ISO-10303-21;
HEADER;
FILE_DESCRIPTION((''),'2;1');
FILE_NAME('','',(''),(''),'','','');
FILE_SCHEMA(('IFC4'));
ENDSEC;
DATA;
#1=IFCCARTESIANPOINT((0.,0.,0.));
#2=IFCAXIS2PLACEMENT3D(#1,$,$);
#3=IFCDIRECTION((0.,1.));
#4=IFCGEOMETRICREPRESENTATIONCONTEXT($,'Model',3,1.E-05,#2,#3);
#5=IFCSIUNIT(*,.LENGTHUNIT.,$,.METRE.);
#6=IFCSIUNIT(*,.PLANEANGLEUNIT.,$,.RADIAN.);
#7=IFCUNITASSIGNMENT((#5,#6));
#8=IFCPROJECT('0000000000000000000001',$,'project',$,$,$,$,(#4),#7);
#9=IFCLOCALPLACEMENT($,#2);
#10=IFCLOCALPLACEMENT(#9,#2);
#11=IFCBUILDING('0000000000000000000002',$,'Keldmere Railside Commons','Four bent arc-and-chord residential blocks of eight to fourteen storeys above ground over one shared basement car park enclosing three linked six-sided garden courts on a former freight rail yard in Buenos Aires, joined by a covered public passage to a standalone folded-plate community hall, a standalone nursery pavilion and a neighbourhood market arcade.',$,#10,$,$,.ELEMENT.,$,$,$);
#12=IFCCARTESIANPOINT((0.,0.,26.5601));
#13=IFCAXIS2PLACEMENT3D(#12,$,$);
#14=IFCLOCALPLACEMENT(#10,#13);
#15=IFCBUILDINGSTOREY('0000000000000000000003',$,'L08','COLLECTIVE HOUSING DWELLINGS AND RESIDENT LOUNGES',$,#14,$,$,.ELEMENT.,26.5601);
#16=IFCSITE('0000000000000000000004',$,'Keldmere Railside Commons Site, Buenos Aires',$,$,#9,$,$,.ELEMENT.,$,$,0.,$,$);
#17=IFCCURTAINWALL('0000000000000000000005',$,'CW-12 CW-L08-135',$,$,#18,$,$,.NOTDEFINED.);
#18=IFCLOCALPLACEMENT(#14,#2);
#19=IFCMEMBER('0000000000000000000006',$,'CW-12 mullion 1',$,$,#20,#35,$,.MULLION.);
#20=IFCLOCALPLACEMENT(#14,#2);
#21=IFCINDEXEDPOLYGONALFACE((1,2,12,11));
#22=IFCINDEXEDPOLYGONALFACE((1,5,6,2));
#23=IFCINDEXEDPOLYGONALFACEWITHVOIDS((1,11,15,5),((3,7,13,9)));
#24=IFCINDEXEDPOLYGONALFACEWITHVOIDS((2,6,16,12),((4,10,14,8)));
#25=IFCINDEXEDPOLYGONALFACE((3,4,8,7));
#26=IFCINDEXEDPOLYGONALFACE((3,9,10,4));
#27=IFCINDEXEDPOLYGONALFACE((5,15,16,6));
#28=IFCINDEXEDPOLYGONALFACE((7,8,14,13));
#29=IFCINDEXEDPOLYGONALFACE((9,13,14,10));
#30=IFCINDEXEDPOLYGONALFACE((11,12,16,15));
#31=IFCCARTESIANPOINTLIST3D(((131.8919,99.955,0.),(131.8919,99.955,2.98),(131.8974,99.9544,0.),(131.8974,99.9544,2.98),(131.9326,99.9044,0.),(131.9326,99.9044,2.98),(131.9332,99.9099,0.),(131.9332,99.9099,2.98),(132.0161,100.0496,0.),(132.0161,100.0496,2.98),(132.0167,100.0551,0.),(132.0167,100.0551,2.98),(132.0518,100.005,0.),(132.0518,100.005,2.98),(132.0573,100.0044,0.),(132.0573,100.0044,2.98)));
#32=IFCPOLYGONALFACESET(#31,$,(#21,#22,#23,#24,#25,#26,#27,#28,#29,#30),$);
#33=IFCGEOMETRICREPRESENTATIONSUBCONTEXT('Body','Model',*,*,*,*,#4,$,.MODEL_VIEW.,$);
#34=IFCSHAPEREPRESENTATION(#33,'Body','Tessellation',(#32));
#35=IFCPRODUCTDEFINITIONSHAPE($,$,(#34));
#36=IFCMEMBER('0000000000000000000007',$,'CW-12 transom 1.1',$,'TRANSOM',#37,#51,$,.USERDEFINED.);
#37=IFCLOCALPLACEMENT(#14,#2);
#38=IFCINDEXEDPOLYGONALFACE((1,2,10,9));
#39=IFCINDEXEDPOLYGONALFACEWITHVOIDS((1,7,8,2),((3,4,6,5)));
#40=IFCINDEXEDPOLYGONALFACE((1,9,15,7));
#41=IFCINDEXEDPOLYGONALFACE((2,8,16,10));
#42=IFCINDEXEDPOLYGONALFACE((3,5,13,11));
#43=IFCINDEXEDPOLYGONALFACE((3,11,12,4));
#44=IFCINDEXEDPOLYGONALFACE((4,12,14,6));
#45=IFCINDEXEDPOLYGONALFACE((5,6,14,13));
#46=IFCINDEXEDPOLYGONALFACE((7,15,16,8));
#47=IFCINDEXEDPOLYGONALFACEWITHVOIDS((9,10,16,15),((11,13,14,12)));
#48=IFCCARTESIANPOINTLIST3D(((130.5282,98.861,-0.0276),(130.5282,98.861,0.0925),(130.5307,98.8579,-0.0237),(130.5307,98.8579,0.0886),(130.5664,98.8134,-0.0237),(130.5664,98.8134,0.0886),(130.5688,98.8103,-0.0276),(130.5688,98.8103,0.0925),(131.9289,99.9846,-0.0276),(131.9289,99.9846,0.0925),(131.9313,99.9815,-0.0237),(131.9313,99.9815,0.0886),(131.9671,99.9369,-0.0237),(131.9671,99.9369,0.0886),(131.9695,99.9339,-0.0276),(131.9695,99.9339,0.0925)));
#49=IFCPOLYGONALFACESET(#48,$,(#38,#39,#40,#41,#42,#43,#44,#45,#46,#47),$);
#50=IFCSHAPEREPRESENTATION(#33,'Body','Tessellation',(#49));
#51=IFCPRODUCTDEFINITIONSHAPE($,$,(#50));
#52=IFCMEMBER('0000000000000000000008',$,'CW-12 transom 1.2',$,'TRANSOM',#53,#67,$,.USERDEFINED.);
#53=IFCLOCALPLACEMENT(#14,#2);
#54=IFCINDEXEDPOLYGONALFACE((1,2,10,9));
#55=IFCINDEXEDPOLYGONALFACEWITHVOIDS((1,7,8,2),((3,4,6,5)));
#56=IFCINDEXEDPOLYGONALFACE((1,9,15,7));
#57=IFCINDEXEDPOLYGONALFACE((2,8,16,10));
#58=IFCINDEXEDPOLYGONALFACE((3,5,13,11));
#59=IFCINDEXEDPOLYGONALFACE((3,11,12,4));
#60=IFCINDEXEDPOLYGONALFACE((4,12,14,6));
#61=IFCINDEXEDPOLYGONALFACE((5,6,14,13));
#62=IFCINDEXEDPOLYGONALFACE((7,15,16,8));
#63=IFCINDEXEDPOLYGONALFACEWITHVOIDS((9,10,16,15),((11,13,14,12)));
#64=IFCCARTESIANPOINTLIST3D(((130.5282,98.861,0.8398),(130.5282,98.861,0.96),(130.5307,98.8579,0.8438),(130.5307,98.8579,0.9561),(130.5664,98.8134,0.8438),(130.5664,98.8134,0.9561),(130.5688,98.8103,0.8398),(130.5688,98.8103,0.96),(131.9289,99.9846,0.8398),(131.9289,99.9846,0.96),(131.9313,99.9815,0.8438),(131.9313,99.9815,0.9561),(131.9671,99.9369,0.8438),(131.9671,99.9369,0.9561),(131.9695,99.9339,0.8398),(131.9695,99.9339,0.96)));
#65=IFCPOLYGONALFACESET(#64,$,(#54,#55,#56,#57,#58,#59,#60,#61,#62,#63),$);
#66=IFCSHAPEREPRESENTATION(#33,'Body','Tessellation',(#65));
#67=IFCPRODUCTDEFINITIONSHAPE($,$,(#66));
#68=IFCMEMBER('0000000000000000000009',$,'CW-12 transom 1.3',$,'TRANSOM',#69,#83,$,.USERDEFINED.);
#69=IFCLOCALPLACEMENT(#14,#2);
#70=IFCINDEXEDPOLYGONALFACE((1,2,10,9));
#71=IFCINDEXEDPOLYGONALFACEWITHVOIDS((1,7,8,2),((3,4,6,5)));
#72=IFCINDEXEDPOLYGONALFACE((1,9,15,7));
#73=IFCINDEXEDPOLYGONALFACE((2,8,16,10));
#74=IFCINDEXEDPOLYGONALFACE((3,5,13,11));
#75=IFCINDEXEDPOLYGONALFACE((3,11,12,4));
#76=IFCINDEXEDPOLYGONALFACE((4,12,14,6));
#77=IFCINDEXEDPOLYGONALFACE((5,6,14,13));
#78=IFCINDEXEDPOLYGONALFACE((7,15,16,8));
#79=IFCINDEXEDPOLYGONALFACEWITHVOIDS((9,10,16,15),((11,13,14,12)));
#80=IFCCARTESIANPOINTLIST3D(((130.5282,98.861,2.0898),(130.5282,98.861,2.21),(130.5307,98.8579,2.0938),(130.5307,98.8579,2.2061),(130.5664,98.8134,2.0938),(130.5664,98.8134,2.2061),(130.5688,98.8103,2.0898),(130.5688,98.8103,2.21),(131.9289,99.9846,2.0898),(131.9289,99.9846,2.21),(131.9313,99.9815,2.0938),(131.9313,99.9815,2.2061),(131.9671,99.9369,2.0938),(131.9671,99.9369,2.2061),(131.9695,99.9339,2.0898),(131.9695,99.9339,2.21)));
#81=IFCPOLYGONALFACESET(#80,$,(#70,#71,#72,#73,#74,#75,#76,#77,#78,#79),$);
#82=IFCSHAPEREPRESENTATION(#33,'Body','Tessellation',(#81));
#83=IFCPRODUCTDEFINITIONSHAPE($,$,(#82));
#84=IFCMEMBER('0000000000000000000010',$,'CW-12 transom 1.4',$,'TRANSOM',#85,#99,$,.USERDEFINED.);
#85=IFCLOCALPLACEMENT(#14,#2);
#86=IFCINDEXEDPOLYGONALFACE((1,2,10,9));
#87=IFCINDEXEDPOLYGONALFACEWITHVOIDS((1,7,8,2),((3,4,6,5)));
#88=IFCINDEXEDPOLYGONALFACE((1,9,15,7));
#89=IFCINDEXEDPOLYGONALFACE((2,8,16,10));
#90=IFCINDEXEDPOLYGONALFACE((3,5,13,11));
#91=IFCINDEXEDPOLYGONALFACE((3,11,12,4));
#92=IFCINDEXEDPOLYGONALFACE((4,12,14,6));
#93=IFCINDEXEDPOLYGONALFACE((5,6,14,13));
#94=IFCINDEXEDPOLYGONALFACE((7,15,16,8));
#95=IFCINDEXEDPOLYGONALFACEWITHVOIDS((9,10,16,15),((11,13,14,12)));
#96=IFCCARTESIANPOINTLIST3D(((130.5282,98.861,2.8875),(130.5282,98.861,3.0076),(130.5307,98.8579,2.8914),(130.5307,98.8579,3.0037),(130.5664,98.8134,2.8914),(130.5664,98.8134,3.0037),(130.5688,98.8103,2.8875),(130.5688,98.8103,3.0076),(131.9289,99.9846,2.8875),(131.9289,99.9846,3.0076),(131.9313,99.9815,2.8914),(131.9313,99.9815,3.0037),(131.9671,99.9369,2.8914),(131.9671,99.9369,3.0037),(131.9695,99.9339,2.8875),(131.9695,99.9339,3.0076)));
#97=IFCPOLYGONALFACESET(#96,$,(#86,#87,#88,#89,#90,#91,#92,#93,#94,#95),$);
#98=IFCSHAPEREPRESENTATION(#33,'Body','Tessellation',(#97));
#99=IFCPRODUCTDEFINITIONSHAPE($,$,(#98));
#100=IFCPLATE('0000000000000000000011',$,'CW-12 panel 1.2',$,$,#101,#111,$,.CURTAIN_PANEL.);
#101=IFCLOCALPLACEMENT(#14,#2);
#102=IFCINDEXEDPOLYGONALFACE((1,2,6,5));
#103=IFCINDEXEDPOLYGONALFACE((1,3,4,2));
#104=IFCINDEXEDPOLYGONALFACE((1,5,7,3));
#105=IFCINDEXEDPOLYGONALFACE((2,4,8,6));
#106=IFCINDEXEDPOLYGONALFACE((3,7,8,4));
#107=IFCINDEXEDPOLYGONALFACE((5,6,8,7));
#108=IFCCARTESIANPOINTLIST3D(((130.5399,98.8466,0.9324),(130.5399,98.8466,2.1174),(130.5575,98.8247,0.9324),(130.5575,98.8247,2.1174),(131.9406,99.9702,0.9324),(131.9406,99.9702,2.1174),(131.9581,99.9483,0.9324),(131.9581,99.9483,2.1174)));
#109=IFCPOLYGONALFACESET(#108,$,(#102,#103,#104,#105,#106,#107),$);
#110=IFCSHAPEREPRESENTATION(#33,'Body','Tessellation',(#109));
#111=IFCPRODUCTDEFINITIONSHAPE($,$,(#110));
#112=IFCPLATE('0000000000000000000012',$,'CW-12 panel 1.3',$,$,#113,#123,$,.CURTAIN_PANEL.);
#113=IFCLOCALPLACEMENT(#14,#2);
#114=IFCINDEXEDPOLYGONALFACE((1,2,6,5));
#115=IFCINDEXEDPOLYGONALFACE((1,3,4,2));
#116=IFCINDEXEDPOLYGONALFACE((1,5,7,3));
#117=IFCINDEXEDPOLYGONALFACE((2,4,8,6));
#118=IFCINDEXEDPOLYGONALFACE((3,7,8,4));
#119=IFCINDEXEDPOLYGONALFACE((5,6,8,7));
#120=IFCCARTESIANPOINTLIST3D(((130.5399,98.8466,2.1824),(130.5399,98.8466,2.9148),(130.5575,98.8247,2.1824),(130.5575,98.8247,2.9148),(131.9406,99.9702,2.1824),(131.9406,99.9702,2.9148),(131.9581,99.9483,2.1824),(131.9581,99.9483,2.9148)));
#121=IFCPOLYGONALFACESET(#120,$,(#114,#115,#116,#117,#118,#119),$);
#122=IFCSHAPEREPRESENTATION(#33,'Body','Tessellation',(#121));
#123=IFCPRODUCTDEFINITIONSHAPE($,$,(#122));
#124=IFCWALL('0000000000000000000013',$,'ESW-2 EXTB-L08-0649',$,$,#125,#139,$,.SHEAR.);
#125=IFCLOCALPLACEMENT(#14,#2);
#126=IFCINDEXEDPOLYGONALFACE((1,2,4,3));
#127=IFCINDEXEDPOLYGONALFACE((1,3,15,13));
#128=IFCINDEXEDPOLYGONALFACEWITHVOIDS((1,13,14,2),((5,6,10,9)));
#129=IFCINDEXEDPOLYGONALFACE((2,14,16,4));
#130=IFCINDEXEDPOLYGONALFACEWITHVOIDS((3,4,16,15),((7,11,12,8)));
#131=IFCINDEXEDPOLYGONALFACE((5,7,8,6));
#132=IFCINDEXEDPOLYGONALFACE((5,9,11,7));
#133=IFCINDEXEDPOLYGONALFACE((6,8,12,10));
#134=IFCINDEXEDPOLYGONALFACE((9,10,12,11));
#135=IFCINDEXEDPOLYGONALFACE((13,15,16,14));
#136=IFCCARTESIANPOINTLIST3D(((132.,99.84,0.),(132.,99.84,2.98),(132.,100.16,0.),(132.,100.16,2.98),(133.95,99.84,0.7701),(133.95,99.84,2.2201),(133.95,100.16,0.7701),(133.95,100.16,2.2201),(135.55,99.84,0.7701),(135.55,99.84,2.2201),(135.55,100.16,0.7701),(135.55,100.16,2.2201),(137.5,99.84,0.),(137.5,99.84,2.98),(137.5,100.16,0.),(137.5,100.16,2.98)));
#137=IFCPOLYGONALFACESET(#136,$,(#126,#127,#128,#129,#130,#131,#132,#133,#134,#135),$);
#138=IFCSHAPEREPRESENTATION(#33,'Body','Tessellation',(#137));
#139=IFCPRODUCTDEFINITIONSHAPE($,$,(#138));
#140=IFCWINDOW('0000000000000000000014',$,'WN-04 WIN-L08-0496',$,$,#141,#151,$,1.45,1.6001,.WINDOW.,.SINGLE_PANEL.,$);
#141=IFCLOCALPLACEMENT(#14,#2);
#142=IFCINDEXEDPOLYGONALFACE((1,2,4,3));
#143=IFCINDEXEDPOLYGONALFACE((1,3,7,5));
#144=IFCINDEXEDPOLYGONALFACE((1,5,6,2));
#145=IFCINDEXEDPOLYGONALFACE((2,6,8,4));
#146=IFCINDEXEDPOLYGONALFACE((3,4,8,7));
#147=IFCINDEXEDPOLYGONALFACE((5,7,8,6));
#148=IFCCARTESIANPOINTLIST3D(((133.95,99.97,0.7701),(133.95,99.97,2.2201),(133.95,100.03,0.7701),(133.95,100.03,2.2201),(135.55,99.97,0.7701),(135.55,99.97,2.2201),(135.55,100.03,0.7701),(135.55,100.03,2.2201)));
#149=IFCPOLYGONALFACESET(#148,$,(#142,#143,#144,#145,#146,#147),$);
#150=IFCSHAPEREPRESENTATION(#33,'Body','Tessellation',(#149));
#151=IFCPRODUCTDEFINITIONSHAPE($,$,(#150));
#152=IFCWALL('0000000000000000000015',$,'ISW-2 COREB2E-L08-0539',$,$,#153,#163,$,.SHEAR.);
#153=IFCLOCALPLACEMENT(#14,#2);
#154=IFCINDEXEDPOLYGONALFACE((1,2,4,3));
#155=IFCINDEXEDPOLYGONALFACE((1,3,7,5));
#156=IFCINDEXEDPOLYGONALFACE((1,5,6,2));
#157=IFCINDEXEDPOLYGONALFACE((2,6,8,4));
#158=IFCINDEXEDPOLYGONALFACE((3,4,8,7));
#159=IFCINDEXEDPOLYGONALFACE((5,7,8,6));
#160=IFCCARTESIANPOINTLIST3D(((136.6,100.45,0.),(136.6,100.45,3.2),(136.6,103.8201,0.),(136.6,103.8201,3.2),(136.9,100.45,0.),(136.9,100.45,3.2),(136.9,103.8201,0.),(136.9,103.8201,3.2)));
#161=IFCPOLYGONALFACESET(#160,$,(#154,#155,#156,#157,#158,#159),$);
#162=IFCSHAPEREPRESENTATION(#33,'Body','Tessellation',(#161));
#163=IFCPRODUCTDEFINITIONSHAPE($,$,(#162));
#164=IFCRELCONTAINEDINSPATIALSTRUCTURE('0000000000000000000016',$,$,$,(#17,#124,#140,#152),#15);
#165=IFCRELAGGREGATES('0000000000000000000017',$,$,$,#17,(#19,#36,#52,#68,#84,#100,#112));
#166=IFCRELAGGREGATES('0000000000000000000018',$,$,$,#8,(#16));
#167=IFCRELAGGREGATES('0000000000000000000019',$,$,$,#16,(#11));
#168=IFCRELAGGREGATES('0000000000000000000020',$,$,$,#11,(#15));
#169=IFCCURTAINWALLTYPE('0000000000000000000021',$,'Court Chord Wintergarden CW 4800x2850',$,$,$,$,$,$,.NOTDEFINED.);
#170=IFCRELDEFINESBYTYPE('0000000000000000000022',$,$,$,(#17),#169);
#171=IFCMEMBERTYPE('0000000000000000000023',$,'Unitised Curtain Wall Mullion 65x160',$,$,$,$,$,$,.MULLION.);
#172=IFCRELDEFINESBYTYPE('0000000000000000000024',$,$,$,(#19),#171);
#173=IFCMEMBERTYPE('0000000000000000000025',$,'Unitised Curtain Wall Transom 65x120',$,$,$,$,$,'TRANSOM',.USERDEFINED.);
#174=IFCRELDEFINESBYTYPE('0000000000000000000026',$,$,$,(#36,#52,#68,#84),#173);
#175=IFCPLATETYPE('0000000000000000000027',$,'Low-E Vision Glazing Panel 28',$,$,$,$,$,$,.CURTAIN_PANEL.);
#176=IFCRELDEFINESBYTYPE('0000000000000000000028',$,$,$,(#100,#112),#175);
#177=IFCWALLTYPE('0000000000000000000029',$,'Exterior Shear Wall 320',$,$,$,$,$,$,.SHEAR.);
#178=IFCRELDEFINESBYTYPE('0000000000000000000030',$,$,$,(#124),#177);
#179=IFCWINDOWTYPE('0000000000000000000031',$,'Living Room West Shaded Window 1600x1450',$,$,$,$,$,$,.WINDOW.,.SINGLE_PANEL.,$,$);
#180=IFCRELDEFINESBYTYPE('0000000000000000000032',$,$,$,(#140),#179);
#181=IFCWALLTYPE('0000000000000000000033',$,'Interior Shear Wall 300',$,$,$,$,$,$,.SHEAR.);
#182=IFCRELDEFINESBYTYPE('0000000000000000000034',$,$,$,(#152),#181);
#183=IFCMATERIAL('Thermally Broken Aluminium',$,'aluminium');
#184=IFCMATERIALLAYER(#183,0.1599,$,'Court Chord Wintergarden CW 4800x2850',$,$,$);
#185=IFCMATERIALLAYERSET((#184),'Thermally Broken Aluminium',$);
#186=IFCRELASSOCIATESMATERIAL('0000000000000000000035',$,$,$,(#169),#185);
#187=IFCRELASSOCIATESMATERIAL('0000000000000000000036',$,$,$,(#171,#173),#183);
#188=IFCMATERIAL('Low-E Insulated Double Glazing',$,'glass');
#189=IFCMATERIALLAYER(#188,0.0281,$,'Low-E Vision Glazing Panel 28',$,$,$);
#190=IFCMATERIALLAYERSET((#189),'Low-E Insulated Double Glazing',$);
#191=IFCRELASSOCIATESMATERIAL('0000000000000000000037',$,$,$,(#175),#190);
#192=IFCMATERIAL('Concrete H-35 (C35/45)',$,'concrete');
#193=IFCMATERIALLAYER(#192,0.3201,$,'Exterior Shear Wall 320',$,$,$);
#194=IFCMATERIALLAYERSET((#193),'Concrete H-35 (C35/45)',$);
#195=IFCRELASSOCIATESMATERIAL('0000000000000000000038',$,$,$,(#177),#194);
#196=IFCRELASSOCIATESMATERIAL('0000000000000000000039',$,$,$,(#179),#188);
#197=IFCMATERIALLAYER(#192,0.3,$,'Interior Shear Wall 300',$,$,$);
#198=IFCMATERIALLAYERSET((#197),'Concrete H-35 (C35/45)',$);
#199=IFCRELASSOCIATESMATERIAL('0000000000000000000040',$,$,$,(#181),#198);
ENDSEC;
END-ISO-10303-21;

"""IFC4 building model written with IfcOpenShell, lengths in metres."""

from ifc_helpers import new_model, si_unit, direction, frame, frame_2d, origin, origin_2d, place, context, subcontext, project, spatial, rectangle, hollow_rectangle, extrude, material, layer, layer_set, material_profile, profile_set, type_object, element, fill, aggregate, save


model = new_model("IFC4")

# Units and contexts
model_context = context("Model", 3, precision=1e-05, world=origin(), true_north=direction((0.0, 1.0)))
body_context = subcontext(model_context, "Body", "Model", "MODEL_VIEW")
ifc_project = project(units=[si_unit("LENGTHUNIT", "METRE"), si_unit("PLANEANGLEUNIT", "RADIAN")], contexts=[model_context])

# Site, building, storey
site_placement = place(None, origin())
site = spatial("IfcSite", under=ifc_project, at=site_placement, Name="Keldmere Railside Commons Site, Buenos Aires", CompositionType="ELEMENT", RefElevation=0.0)
building_placement = place(site_placement, origin())
building = spatial("IfcBuilding", under=site, at=building_placement, Name="Keldmere Railside Commons", Description="Four bent arc-and-chord residential blocks of eight to fourteen storeys above ground over one shared basement car park enclosing three linked six-sided garden courts on a former freight rail yard in Buenos Aires, joined by a covered public passage to a standalone folded-plate community hall, a standalone nursery pavilion and a neighbourhood market arcade.", CompositionType="ELEMENT")
storey_placement = place(building_placement, frame((0.0, 0.0, 26.5601)))
storey = spatial("IfcBuildingStorey", under=building, at=storey_placement, Name="L08", Description="COLLECTIVE HOUSING DWELLINGS AND RESIDENT LOUNGES", CompositionType="ELEMENT", Elevation=26.5601)

# Curtain wall, members, plates
ifc_material_1 = material(Name="Thermally Broken Aluminium", Category="aluminium")
ifc_layer_1 = layer(ifc_material_1, 0.1599, Name="Court Chord Wintergarden CW 4800x2850")
ifc_layer_set_1 = layer_set([ifc_layer_1], Name="Thermally Broken Aluminium")
curtain_wall_type = type_object("IfcCurtainWallType", Name="Court Chord Wintergarden CW 4800x2850", PredefinedType="NOTDEFINED", material=ifc_layer_set_1)
curtain_wall_placement = place(storey_placement, origin())
curtain_wall = element("IfcCurtainWall", 1, at=curtain_wall_placement, inside=storey, type_object=curtain_wall_type, Name="CW-12 CW-L08-135", PredefinedType="NOTDEFINED")
ifc_material_profile_1 = material_profile(ifc_material_1, hollow_rectangle(XDim=0.0649, YDim=0.1599, WallThickness=0.0039, at=origin_2d()), Name="ALU-MULL-65x160")
ifc_profile_set_1 = profile_set([ifc_material_profile_1], Name="Thermally Broken Aluminium")
member_type_1 = type_object("IfcMemberType", Name="Unitised Curtain Wall Mullion 65x160", PredefinedType="MULLION", material=ifc_profile_set_1)
member_1_placement = place(storey_placement, frame((131.9746, 99.9797, 0.0), z_axis=(0.0, 0.0, 1.0), x_axis=(0.625768, -0.780009, 0.0)))
member_1 = element("IfcMember", 2, at=member_1_placement, type_object=member_type_1, Name="CW-12 mullion 1", PredefinedType="MULLION", context=body_context, shape_type="SweptSolid", body=[
    extrude(hollow_rectangle(XDim=0.0649, YDim=0.1599, WallThickness=0.0039, at=origin_2d()), origin(), (0.0, 0.0, 1.0), 2.98),
])
ifc_material_profile_2 = material_profile(ifc_material_1, hollow_rectangle(XDim=0.0649, YDim=0.1201, WallThickness=0.0039, at=origin_2d()), Name="ALU-TRAN-65x120")
ifc_profile_set_2 = profile_set([ifc_material_profile_2], Name="Thermally Broken Aluminium")
member_type_2 = type_object("IfcMemberType", Name="Unitised Curtain Wall Transom 65x120", ElementType="TRANSOM", PredefinedType="USERDEFINED", material=ifc_profile_set_2)
member_2_placement = place(storey_placement, frame((131.9492, 99.9592, 0.0325), z_axis=(-0.780046, -0.625723, 0.0), x_axis=(0.625723, -0.780046, 0.0)))
member_2 = element("IfcMember", 3, at=member_2_placement, type_object=member_type_2, Name="CW-12 transom 1.1", ObjectType="TRANSOM", PredefinedType="USERDEFINED", context=body_context, shape_type="SweptSolid", body=[
    extrude(hollow_rectangle(XDim=0.0649, YDim=0.1201, WallThickness=0.0039, at=origin_2d()), origin(), (0.0, 0.0, 1.0), 1.7957),
])
member_3_placement = place(storey_placement, frame((131.9492, 99.9592, 0.8999), z_axis=(-0.780046, -0.625723, 0.0), x_axis=(0.625723, -0.780046, 0.0)))
member_3 = element("IfcMember", 4, at=member_3_placement, type_object=member_type_2, Name="CW-12 transom 1.2", ObjectType="TRANSOM", PredefinedType="USERDEFINED", context=body_context, shape_type="SweptSolid", body=[
    extrude(hollow_rectangle(XDim=0.0649, YDim=0.1201, WallThickness=0.0039, at=origin_2d()), origin(), (0.0, 0.0, 1.0), 1.7957),
])
member_4_placement = place(storey_placement, frame((131.9492, 99.9592, 2.1499), z_axis=(-0.780046, -0.625723, 0.0), x_axis=(0.625723, -0.780046, 0.0)))
member_4 = element("IfcMember", 5, at=member_4_placement, type_object=member_type_2, Name="CW-12 transom 1.3", ObjectType="TRANSOM", PredefinedType="USERDEFINED", context=body_context, shape_type="SweptSolid", body=[
    extrude(hollow_rectangle(XDim=0.0649, YDim=0.1201, WallThickness=0.0039, at=origin_2d()), origin(), (0.0, 0.0, 1.0), 1.7957),
])
member_5_placement = place(storey_placement, frame((131.9492, 99.9592, 2.9475), z_axis=(-0.780046, -0.625723, 0.0), x_axis=(0.625723, -0.780046, 0.0)))
member_5 = element("IfcMember", 6, at=member_5_placement, type_object=member_type_2, Name="CW-12 transom 1.4", ObjectType="TRANSOM", PredefinedType="USERDEFINED", context=body_context, shape_type="SweptSolid", body=[
    extrude(hollow_rectangle(XDim=0.0649, YDim=0.1201, WallThickness=0.0039, at=origin_2d()), origin(), (0.0, 0.0, 1.0), 1.7957),
])
ifc_material_2 = material(Name="Low-E Insulated Double Glazing", Category="glass")
ifc_layer_2 = layer(ifc_material_2, 0.0281, Name="Low-E Vision Glazing Panel 28")
ifc_layer_set_2 = layer_set([ifc_layer_2], Name="Low-E Insulated Double Glazing")
plate_type = type_object("IfcPlateType", Name="Low-E Vision Glazing Panel 28", PredefinedType="CURTAIN_PANEL", material=ifc_layer_set_2)
plate_1_placement = place(storey_placement, frame((131.249, 99.3975, 0.9324), z_axis=(0.0, 0.0, 1.0), x_axis=(-0.780009, -0.625768, 0.0)))
plate_1 = element("IfcPlate", 7, at=plate_1_placement, type_object=plate_type, Name="CW-12 panel 1.2", PredefinedType="CURTAIN_PANEL", context=body_context, shape_type="SweptSolid", body=[
    extrude(rectangle(XDim=1.7957, YDim=0.0281, at=origin_2d()), origin(), (0.0, 0.0, 1.0), 1.1851),
])
plate_2_placement = place(storey_placement, frame((131.249, 99.3975, 2.1824), z_axis=(0.0, 0.0, 1.0), x_axis=(-0.780009, -0.625768, 0.0)))
plate_2 = element("IfcPlate", 8, at=plate_2_placement, type_object=plate_type, Name="CW-12 panel 1.3", PredefinedType="CURTAIN_PANEL", context=body_context, shape_type="SweptSolid", body=[
    extrude(rectangle(XDim=1.7957, YDim=0.0281, at=origin_2d()), origin(), (0.0, 0.0, 1.0), 0.7324),
])
aggregate(curtain_wall, [member_1, member_2, member_3, member_4, member_5, plate_1, plate_2])

# Wall, opening, window
ifc_material_3 = material(Name="Concrete H-35 (C35/45)", Category="concrete")
ifc_layer_3 = layer(ifc_material_3, 0.3201, Name="Exterior Shear Wall 320")
ifc_layer_set_3 = layer_set([ifc_layer_3], Name="Concrete H-35 (C35/45)")
wall_type_1 = type_object("IfcWallType", Name="Exterior Shear Wall 320", PredefinedType="SHEAR", material=ifc_layer_set_3)
wall_1_placement = place(storey_placement, frame((137.5, 100.0, 0.0), z_axis=(0.0, 0.0, 1.0), x_axis=(-1.0, 0.0, 0.0)))
wall_1 = element("IfcWall", 9, at=wall_1_placement, inside=storey, type_object=wall_type_1, Name="ESW-2 EXTB-L08-0649", PredefinedType="SHEAR", context=body_context, shape_type="SweptSolid", body=[
    extrude(rectangle(XDim=5.5, YDim=0.3201, at=frame_2d((2.75, 0.0))), origin(), (0.0, 0.0, 1.0), 2.98),
])
opening_placement = place(wall_1_placement, frame((1.95, 0.0, 0.77)))
opening = element("IfcOpeningElement", 10, at=opening_placement, cuts=wall_1, PredefinedType="OPENING", context=body_context, shape_type="SweptSolid", body=[
    extrude(rectangle(XDim=1.6001, YDim=1.45, at=frame_2d((0.8, 0.7251))), frame((0.0, 0.1699, 0.0), z_axis=(0.0, -1.0, 0.0), x_axis=(1.0, 0.0, 0.0)), (0.0, 0.0, 1.0), 0.3401),
])
window_type = type_object("IfcWindowType", Name="Living Room West Shaded Window 1600x1450", PartitioningType="SINGLE_PANEL", PredefinedType="WINDOW", material=ifc_material_2)
window_placement = place(opening_placement, origin())
window = element("IfcWindow", 11, at=window_placement, inside=storey, type_object=window_type, Name="WN-04 WIN-L08-0496", OverallHeight=1.45, OverallWidth=1.6001, PartitioningType="SINGLE_PANEL", PredefinedType="WINDOW", context=body_context, shape_type="SweptSolid", body=[
    extrude(rectangle(XDim=1.6001, YDim=1.45, at=frame_2d((0.8, 0.7251))), frame((0.0, 0.03, 0.0), z_axis=(0.0, -1.0, 0.0), x_axis=(1.0, 0.0, 0.0)), (0.0, 0.0, 1.0), 0.0601),
])
fill(opening, window)

# Wall
ifc_layer_4 = layer(ifc_material_3, 0.3, Name="Interior Shear Wall 300")
ifc_layer_set_4 = layer_set([ifc_layer_4], Name="Concrete H-35 (C35/45)")
wall_type_2 = type_object("IfcWallType", Name="Interior Shear Wall 300", PredefinedType="SHEAR", material=ifc_layer_set_4)
wall_2_placement = place(storey_placement, frame((136.75, 100.45, 0.0), z_axis=(0.0, 0.0, 1.0), x_axis=(0.0, 1.0, 0.0)))
element("IfcWall", 12, at=wall_2_placement, inside=storey, type_object=wall_type_2, Name="ISW-2 COREB2E-L08-0539", PredefinedType="SHEAR", context=body_context, shape_type="SweptSolid", body=[
    extrude(rectangle(XDim=3.3701, YDim=0.3, at=frame_2d((1.6851, 0.0))), origin(), (0.0, 0.0, 1.0), 3.2),
])

save(model, "model.ifc")
